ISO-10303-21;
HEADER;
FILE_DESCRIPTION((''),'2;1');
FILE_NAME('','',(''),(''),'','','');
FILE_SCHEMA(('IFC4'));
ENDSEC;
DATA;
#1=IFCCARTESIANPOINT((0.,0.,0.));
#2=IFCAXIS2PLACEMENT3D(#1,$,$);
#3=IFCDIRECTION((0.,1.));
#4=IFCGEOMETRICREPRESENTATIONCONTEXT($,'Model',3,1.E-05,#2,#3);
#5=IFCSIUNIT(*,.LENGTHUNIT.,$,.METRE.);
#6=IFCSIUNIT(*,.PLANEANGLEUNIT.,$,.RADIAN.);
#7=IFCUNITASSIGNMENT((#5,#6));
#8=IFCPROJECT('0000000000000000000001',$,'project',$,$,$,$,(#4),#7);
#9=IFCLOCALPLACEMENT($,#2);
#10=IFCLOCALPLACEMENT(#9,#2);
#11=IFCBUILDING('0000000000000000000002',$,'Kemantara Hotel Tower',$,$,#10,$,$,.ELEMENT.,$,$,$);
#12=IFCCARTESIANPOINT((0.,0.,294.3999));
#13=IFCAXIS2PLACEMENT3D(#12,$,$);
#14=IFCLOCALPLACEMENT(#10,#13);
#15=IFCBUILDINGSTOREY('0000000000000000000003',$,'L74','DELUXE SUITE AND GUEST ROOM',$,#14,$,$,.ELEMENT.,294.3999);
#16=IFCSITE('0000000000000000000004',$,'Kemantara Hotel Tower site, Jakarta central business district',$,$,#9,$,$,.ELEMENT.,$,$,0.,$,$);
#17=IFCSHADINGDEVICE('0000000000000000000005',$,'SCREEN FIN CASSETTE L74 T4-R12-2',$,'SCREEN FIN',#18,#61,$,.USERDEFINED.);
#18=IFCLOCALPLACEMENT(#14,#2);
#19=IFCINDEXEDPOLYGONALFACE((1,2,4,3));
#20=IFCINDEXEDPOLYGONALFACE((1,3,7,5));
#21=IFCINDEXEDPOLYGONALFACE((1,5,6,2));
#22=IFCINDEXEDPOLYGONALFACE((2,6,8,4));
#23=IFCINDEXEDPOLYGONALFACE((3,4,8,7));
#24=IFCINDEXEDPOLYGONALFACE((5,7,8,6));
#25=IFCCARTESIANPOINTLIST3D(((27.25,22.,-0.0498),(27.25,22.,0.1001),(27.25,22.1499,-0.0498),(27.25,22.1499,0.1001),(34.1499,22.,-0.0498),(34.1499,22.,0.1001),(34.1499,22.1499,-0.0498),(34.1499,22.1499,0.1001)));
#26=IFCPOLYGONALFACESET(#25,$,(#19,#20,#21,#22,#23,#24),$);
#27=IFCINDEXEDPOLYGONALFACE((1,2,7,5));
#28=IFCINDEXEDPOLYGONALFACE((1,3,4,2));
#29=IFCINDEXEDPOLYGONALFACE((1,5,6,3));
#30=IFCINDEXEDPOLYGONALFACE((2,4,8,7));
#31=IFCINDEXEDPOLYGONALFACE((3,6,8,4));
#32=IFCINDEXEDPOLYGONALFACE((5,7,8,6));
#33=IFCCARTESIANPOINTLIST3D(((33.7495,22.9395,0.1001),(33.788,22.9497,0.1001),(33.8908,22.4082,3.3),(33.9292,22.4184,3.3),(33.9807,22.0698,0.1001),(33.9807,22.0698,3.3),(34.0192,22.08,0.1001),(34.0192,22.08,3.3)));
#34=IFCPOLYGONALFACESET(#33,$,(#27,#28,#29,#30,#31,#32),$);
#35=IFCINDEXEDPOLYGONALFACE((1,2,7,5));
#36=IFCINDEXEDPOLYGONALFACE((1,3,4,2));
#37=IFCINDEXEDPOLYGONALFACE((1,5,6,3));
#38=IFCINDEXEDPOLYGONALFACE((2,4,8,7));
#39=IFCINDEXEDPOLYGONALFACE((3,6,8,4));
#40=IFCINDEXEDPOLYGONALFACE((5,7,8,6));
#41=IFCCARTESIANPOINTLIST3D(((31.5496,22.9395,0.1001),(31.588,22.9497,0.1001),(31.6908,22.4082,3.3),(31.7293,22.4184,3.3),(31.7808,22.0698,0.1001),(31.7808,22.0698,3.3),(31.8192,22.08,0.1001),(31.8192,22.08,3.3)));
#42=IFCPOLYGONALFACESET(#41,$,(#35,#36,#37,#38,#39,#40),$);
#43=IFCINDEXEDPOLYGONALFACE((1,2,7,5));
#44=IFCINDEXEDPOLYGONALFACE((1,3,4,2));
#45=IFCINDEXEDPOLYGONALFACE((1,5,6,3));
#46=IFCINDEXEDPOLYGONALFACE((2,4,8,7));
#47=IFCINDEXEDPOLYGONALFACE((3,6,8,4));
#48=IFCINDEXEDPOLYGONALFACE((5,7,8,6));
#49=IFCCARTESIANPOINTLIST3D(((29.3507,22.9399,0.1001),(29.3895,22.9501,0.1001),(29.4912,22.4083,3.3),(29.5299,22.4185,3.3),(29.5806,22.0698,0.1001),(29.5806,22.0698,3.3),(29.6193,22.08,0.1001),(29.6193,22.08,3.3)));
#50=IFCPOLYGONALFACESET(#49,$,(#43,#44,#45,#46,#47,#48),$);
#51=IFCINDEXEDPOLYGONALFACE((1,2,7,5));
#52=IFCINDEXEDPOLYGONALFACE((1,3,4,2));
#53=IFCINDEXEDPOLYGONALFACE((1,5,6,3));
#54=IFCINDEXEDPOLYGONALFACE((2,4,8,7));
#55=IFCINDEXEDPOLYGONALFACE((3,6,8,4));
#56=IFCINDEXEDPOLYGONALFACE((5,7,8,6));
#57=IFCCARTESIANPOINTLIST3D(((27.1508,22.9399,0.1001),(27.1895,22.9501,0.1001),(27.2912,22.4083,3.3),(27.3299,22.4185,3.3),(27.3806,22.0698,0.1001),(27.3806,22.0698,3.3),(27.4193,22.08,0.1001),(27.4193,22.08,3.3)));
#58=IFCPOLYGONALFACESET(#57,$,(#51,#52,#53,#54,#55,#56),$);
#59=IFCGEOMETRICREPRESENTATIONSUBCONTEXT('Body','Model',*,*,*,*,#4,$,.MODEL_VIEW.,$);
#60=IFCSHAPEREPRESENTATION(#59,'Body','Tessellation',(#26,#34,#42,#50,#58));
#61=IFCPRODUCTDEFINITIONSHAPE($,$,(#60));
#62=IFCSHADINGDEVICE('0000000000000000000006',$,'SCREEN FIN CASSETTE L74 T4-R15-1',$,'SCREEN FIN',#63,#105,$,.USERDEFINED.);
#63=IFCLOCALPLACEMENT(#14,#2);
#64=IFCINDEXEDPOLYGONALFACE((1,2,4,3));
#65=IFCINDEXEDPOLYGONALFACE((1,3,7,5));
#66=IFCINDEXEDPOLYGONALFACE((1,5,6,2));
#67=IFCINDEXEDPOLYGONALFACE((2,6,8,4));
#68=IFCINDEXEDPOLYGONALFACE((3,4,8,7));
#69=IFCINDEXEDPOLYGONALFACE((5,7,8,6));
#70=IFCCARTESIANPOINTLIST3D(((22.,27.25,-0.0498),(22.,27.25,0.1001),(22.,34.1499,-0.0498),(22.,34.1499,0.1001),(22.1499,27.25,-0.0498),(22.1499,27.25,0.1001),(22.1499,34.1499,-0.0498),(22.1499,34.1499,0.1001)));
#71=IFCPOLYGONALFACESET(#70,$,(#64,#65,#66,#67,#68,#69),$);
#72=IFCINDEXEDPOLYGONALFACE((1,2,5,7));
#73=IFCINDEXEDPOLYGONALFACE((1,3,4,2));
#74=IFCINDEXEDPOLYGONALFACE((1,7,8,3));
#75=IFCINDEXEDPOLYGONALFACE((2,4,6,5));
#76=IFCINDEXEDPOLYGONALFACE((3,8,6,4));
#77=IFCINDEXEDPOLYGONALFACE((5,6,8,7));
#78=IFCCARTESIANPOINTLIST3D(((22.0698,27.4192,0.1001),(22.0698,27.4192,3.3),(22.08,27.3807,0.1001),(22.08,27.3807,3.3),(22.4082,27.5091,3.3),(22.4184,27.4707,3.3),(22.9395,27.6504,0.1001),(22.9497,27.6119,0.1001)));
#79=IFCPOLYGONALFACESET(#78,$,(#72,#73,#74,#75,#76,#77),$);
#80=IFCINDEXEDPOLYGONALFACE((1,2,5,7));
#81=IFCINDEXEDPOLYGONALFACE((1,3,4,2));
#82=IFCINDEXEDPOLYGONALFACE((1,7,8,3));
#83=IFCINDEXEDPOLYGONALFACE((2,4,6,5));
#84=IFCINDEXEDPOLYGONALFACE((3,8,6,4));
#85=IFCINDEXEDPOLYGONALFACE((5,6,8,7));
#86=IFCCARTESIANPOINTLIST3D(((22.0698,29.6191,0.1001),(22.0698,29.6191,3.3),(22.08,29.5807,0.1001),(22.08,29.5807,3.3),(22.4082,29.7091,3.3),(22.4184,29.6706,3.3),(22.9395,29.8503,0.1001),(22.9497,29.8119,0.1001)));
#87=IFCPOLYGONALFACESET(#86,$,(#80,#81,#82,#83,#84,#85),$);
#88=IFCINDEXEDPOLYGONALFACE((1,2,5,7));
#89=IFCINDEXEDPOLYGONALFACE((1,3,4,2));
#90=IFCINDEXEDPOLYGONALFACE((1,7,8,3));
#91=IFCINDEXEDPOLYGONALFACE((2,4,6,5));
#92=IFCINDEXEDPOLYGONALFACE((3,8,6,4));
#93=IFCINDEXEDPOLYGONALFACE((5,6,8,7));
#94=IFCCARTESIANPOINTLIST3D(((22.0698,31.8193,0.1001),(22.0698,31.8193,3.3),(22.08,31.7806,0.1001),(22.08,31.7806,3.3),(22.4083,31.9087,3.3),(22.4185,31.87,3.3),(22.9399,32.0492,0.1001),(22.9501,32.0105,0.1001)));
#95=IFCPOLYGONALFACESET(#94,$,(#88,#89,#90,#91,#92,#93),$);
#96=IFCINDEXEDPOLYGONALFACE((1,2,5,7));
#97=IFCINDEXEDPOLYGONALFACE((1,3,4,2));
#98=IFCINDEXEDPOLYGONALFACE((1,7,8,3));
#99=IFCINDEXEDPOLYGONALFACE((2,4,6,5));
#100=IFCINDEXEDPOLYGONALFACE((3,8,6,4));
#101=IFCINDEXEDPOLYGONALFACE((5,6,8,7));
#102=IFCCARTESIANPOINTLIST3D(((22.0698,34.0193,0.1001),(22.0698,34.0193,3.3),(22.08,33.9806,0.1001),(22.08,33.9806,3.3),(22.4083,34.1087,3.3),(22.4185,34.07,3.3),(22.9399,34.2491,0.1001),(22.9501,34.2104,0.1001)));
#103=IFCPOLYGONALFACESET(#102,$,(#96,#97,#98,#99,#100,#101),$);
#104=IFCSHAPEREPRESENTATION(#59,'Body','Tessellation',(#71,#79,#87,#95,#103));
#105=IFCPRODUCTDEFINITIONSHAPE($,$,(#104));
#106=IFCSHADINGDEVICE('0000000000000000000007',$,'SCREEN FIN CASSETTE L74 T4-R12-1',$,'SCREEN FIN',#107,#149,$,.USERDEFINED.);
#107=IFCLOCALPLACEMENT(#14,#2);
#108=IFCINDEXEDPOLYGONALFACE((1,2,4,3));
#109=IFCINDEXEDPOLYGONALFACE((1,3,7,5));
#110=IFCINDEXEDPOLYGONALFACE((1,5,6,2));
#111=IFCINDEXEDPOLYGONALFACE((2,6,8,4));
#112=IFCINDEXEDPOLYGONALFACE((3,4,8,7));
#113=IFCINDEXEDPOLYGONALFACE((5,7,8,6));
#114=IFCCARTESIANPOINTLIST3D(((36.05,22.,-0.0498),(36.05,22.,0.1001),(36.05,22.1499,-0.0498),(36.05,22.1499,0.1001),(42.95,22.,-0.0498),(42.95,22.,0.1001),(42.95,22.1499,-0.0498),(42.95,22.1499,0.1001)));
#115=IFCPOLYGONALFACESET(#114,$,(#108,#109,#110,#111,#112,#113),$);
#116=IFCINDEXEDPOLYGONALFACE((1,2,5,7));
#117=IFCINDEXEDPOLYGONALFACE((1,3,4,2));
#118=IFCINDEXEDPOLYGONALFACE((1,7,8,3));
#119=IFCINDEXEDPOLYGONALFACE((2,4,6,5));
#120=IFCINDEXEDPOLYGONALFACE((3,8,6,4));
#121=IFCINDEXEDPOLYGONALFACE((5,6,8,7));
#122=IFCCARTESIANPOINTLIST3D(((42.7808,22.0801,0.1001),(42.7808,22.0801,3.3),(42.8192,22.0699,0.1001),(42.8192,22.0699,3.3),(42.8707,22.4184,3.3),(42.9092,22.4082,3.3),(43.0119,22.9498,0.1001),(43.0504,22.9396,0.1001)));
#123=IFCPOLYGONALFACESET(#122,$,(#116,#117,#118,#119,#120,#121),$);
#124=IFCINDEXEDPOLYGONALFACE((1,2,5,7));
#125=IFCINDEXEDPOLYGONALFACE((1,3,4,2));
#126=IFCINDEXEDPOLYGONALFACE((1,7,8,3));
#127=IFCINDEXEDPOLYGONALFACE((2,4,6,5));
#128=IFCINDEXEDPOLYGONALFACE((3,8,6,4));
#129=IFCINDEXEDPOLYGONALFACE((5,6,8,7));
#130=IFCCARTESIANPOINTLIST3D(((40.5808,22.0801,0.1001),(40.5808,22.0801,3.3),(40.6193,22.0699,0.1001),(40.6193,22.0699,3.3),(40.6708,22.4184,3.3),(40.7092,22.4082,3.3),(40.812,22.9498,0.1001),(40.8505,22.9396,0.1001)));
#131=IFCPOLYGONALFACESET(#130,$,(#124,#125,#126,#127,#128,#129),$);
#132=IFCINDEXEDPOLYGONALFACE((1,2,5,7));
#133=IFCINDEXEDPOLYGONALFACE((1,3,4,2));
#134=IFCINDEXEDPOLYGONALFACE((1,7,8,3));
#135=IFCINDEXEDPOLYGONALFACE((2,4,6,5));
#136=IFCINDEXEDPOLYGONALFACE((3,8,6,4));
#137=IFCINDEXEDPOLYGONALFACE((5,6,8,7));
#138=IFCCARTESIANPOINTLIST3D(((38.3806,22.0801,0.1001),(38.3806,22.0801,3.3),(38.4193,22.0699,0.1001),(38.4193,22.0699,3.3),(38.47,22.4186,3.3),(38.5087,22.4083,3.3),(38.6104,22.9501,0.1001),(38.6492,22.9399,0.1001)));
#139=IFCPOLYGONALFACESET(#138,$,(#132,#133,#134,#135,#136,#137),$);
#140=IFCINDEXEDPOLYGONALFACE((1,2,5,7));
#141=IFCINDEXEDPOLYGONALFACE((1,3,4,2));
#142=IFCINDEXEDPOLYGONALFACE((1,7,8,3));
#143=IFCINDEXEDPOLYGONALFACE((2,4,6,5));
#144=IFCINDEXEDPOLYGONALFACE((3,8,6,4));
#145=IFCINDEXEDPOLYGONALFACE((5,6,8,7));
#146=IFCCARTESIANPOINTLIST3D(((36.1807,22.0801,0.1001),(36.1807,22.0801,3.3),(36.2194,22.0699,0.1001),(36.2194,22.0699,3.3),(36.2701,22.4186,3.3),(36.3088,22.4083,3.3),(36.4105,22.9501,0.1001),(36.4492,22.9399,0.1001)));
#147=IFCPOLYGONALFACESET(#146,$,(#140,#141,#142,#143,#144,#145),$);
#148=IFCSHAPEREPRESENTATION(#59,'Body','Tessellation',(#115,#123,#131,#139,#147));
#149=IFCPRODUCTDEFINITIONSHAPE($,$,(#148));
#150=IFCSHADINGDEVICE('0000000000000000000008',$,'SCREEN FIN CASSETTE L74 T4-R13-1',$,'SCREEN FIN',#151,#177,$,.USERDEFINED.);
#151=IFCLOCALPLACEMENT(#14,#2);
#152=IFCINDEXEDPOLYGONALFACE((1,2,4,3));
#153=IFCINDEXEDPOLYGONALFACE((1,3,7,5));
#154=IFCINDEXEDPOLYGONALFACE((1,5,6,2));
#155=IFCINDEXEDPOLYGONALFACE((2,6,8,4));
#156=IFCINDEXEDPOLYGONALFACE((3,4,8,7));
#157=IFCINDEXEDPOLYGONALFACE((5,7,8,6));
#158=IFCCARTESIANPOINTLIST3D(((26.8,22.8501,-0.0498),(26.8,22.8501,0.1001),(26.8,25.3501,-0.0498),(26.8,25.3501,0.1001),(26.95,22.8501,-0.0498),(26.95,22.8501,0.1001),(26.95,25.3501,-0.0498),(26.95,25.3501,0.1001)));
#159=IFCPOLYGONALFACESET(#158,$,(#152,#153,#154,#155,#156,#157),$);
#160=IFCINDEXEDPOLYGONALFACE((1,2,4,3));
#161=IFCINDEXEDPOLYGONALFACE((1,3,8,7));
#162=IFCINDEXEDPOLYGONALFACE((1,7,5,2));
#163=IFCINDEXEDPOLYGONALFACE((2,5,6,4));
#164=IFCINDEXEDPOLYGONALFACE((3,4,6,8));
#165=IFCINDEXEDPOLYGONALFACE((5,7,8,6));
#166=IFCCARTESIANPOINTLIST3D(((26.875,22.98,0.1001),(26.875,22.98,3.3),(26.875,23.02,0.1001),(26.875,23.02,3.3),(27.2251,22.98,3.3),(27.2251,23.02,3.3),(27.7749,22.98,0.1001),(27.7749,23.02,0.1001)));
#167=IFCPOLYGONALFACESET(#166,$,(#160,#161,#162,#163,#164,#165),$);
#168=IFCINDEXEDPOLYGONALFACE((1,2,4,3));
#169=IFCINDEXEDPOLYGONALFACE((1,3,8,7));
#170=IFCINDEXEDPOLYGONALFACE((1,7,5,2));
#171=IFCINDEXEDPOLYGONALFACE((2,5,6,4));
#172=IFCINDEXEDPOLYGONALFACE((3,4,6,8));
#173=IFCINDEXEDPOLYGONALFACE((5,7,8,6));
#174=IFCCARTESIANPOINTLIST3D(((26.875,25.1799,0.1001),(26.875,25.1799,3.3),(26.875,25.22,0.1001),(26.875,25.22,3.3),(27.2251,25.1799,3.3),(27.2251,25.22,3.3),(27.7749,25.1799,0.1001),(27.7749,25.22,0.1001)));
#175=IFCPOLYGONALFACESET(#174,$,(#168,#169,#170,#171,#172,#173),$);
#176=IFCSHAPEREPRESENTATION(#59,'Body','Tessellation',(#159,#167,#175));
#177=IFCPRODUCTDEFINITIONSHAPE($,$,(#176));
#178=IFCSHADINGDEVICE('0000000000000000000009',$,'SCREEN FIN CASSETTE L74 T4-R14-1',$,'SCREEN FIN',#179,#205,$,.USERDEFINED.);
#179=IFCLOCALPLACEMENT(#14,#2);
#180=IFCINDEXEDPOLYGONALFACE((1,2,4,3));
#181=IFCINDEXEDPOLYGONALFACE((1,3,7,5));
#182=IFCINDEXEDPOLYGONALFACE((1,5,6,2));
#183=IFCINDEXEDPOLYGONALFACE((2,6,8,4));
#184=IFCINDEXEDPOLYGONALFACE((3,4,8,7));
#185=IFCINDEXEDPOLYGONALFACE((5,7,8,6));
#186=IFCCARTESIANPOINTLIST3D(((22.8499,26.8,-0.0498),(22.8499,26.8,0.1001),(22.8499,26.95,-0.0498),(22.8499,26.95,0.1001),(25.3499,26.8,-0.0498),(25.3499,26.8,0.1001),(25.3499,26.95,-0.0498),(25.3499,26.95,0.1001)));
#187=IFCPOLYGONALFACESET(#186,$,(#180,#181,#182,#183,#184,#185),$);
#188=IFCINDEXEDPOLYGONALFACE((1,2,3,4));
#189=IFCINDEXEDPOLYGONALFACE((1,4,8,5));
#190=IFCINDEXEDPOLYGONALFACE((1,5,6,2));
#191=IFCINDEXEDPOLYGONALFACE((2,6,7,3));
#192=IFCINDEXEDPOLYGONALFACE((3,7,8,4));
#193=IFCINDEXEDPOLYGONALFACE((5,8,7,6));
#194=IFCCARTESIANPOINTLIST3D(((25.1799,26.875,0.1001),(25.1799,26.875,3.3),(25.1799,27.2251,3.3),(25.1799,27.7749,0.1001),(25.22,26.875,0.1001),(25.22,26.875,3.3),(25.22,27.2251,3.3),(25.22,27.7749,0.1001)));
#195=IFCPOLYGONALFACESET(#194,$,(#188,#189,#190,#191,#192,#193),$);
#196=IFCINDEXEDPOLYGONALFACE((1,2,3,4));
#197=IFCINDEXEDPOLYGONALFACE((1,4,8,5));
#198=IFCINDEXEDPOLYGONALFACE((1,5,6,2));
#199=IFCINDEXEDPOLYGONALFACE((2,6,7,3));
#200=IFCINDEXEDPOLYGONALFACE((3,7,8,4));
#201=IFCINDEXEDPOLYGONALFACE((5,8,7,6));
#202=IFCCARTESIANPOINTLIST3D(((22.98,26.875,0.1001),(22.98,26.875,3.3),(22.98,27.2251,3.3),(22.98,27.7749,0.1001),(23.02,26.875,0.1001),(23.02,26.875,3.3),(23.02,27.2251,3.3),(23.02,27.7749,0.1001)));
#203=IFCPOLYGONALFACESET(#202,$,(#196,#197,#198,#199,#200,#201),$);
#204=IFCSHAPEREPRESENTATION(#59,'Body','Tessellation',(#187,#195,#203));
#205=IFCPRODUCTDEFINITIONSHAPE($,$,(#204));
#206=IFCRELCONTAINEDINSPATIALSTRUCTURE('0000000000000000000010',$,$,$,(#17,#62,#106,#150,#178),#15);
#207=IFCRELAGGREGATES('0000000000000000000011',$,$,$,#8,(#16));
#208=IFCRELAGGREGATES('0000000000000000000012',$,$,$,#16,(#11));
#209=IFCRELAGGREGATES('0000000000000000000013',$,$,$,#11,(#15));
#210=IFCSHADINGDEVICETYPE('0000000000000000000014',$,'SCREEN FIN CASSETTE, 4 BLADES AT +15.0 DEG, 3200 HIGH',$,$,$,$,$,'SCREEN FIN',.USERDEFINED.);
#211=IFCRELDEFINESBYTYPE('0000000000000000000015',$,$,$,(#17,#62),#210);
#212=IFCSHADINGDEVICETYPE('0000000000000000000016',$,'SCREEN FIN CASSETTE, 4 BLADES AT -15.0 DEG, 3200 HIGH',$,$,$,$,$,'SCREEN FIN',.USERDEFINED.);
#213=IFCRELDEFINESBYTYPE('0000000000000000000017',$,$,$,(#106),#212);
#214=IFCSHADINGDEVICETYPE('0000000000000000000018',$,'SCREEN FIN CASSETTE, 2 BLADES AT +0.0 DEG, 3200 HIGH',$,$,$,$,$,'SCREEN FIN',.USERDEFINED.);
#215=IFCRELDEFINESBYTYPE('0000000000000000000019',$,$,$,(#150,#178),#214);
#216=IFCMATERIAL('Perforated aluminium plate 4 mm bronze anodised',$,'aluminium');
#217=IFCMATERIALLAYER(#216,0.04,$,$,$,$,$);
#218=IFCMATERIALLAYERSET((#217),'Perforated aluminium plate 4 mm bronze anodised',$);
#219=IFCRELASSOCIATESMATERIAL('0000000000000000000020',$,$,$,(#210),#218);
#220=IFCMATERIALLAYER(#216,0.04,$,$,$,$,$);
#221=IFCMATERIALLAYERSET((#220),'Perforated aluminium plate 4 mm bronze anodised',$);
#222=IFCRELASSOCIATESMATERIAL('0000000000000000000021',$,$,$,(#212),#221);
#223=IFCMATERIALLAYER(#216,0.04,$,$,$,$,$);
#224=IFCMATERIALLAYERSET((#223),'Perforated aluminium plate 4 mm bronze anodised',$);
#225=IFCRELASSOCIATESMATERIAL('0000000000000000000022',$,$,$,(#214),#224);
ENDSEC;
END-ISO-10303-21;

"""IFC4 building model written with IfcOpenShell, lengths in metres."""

from ifc_helpers import new_model, si_unit, direction, frame, origin, origin_2d, place, context, subcontext, project, spatial, polyline, rectangle, outline, extrude, source, transform, mapped, material, layer, layer_set, type_object, element, save


model = new_model("IFC4")

# Units and contexts
model_context = context("Model", 3, precision=1e-05, world=origin(), true_north=direction((0.0, 1.0)))
body_context = subcontext(model_context, "Body", "Model", "MODEL_VIEW")
ifc_project = project(units=[si_unit("LENGTHUNIT", "METRE"), si_unit("PLANEANGLEUNIT", "RADIAN")], contexts=[model_context])

# Site, building, storey
site_placement = place(None, origin())
site = spatial("IfcSite", under=ifc_project, at=site_placement, Name="Kemantara Hotel Tower site, Jakarta central business district", CompositionType="ELEMENT", RefElevation=0.0)
building_placement = place(site_placement, origin())
building = spatial("IfcBuilding", under=site, at=building_placement, Name="Kemantara Hotel Tower", CompositionType="ELEMENT")
storey_placement = place(building_placement, frame((0.0, 0.0, 294.3999)))
storey = spatial("IfcBuildingStorey", under=building, at=storey_placement, Name="L74", Description="DELUXE SUITE AND GUEST ROOM", CompositionType="ELEMENT", Elevation=294.3999)

# Shading devices
ifc_material_1 = material(Name="Perforated aluminium plate 4 mm bronze anodised", Category="aluminium")
ifc_layer_1 = layer(ifc_material_1, 0.04)
ifc_layer_set_1 = layer_set([ifc_layer_1], Name="Perforated aluminium plate 4 mm bronze anodised")
shading_device_type_1 = type_object("IfcShadingDeviceType", Name="SCREEN FIN CASSETTE, 4 BLADES AT +15.0 DEG, 3200 HIGH", ElementType="SCREEN FIN", PredefinedType="USERDEFINED", material=ifc_layer_set_1)
shared_shape_1 = source(origin(), body_context, "Body", "SweptSolid", [
    extrude(rectangle(XDim=6.8999, YDim=0.1499, at=origin_2d()), frame((3.3, -0.075, -0.1499), z_axis=(0.0, 0.0, 1.0), x_axis=(1.0, 0.0, 0.0)), (0.0, 0.0, 1.0), 0.1499),
    extrude(outline(polyline([(0.0, 0.0), (0.8999, 0.0), (0.3501, 3.2), (0.0, 3.2), (0.0, 0.0)])), frame((0.0193, -0.0698, 0.0), z_axis=(-0.966438, -0.256901, 0.0), x_axis=(0.256901, -0.966438, 0.0)), (0.0, 0.0, 1.0), 0.0398),
    extrude(outline(polyline([(0.0, 0.0), (0.8999, 0.0), (0.3501, 3.2), (0.0, 3.2), (0.0, 0.0)])), frame((2.2192, -0.0698, 0.0), z_axis=(-0.966438, -0.256901, 0.0), x_axis=(0.256901, -0.966438, 0.0)), (0.0, 0.0, 1.0), 0.0398),
    extrude(outline(polyline([(0.0, 0.0), (0.8999, 0.0), (0.3501, 3.2), (0.0, 3.2), (0.0, 0.0)])), frame((4.4194, -0.0698, 0.0), z_axis=(-0.966838, -0.255391, 0.0), x_axis=(0.255391, -0.966838, 0.0)), (0.0, 0.0, 1.0), 0.04),
    extrude(outline(polyline([(0.0, 0.0), (0.8999, 0.0), (0.3501, 3.2), (0.0, 3.2), (0.0, 0.0)])), frame((6.6194, -0.0698, 0.0), z_axis=(-0.966838, -0.255391, 0.0), x_axis=(0.255391, -0.966838, 0.0)), (0.0, 0.0, 1.0), 0.04),
])
for number, where, z_axis, x_axis, name in (
    (1, (34.0, 22.0, 0.1001), (0.0, 0.0, 1.0), (-1.0, 0.0, 0.0), "SCREEN FIN CASSETTE L74 T4-R12-2"),
    (2, (22.0, 27.3999, 0.1001), (0.0, 0.0, 1.0), (0.0, 1.0, 0.0), "SCREEN FIN CASSETTE L74 T4-R15-1"),
):
    element("IfcShadingDevice", number, at=place(storey_placement, frame(where, z_axis=z_axis, x_axis=x_axis)), inside=storey, type_object=shading_device_type_1, Name=name, ObjectType="SCREEN FIN", PredefinedType="USERDEFINED", context=body_context, shape_type="MappedRepresentation", body=[
        mapped(shared_shape_1, transform((0.0, 0.0, 0.0))),
    ])
ifc_layer_2 = layer(ifc_material_1, 0.04)
ifc_layer_set_2 = layer_set([ifc_layer_2], Name="Perforated aluminium plate 4 mm bronze anodised")
shading_device_type_2 = type_object("IfcShadingDeviceType", Name="SCREEN FIN CASSETTE, 4 BLADES AT -15.0 DEG, 3200 HIGH", ElementType="SCREEN FIN", PredefinedType="USERDEFINED", material=ifc_layer_set_2)
shared_shape_2 = source(origin(), body_context, "Body", "SweptSolid", [
    extrude(rectangle(XDim=6.8999, YDim=0.1499, at=origin_2d()), frame((3.3, -0.075, -0.1499), z_axis=(0.0, 0.0, 1.0), x_axis=(1.0, 0.0, 0.0)), (0.0, 0.0, 1.0), 0.1499),
    extrude(outline(polyline([(0.0, 0.0), (0.8999, 0.0), (0.3501, 3.2), (0.0, 3.2), (0.0, 0.0)])), frame((0.0193, -0.0801, 0.0), z_axis=(-0.966438, 0.256901, 0.0), x_axis=(-0.256901, -0.966438, 0.0)), (0.0, 0.0, 1.0), 0.0398),
    extrude(outline(polyline([(0.0, 0.0), (0.8999, 0.0), (0.3501, 3.2), (0.0, 3.2), (0.0, 0.0)])), frame((2.2192, -0.0801, 0.0), z_axis=(-0.966438, 0.256901, 0.0), x_axis=(-0.256901, -0.966438, 0.0)), (0.0, 0.0, 1.0), 0.0398),
    extrude(outline(polyline([(0.0, 0.0), (0.8999, 0.0), (0.3501, 3.2), (0.0, 3.2), (0.0, 0.0)])), frame((4.4194, -0.0801, 0.0), z_axis=(-0.966838, 0.255391, 0.0), x_axis=(-0.255391, -0.966838, 0.0)), (0.0, 0.0, 1.0), 0.04),
    extrude(outline(polyline([(0.0, 0.0), (0.8999, 0.0), (0.3501, 3.2), (0.0, 3.2), (0.0, 0.0)])), frame((6.6194, -0.0801, 0.0), z_axis=(-0.966838, 0.255391, 0.0), x_axis=(-0.255391, -0.966838, 0.0)), (0.0, 0.0, 1.0), 0.04),
])
shading_device_1_placement = place(storey_placement, frame((42.8, 22.0, 0.1001), z_axis=(0.0, 0.0, 1.0), x_axis=(-1.0, 0.0, 0.0)))
element("IfcShadingDevice", 3, at=shading_device_1_placement, inside=storey, type_object=shading_device_type_2, Name="SCREEN FIN CASSETTE L74 T4-R12-1", ObjectType="SCREEN FIN", PredefinedType="USERDEFINED", context=body_context, shape_type="MappedRepresentation", body=[
    mapped(shared_shape_2, transform((0.0, 0.0, 0.0))),
])
ifc_layer_3 = layer(ifc_material_1, 0.04)
ifc_layer_set_3 = layer_set([ifc_layer_3], Name="Perforated aluminium plate 4 mm bronze anodised")
shading_device_type_3 = type_object("IfcShadingDeviceType", Name="SCREEN FIN CASSETTE, 2 BLADES AT +0.0 DEG, 3200 HIGH", ElementType="SCREEN FIN", PredefinedType="USERDEFINED", material=ifc_layer_set_3)
shared_shape_3 = source(origin(), body_context, "Body", "SweptSolid", [
    extrude(rectangle(XDim=2.5, YDim=0.1499, at=origin_2d()), frame((1.1001, -0.075, -0.1499), z_axis=(0.0, 0.0, 1.0), x_axis=(1.0, 0.0, 0.0)), (0.0, 0.0, 1.0), 0.1499),
    extrude(outline(polyline([(0.0, 0.0), (0.8999, 0.0), (0.3501, 3.2), (0.0, 3.2), (0.0, 0.0)])), frame((0.02, -0.075, 0.0), z_axis=(-1.0, 0.0, 0.0), x_axis=(0.0, -1.0, 0.0)), (0.0, 0.0, 1.0), 0.04),
    extrude(outline(polyline([(0.0, 0.0), (0.8999, 0.0), (0.3501, 3.2), (0.0, 3.2), (0.0, 0.0)])), frame((2.22, -0.075, 0.0), z_axis=(-1.0, 0.0, 0.0), x_axis=(0.0, -1.0, 0.0)), (0.0, 0.0, 1.0), 0.04),
])
for number, where, z_axis, x_axis, name in (
    (4, (26.8, 23.0, 0.1001), (0.0, 0.0, 1.0), (0.0, 1.0, 0.0), "SCREEN FIN CASSETTE L74 T4-R13-1"),
    (5, (25.2, 26.8, 0.1001), (0.0, 0.0, 1.0), (-1.0, 0.0, 0.0), "SCREEN FIN CASSETTE L74 T4-R14-1"),
):
    element("IfcShadingDevice", number, at=place(storey_placement, frame(where, z_axis=z_axis, x_axis=x_axis)), inside=storey, type_object=shading_device_type_3, Name=name, ObjectType="SCREEN FIN", PredefinedType="USERDEFINED", context=body_context, shape_type="MappedRepresentation", body=[
        mapped(shared_shape_3, transform((0.0, 0.0, 0.0))),
    ])

save(model, "model.ifc")
